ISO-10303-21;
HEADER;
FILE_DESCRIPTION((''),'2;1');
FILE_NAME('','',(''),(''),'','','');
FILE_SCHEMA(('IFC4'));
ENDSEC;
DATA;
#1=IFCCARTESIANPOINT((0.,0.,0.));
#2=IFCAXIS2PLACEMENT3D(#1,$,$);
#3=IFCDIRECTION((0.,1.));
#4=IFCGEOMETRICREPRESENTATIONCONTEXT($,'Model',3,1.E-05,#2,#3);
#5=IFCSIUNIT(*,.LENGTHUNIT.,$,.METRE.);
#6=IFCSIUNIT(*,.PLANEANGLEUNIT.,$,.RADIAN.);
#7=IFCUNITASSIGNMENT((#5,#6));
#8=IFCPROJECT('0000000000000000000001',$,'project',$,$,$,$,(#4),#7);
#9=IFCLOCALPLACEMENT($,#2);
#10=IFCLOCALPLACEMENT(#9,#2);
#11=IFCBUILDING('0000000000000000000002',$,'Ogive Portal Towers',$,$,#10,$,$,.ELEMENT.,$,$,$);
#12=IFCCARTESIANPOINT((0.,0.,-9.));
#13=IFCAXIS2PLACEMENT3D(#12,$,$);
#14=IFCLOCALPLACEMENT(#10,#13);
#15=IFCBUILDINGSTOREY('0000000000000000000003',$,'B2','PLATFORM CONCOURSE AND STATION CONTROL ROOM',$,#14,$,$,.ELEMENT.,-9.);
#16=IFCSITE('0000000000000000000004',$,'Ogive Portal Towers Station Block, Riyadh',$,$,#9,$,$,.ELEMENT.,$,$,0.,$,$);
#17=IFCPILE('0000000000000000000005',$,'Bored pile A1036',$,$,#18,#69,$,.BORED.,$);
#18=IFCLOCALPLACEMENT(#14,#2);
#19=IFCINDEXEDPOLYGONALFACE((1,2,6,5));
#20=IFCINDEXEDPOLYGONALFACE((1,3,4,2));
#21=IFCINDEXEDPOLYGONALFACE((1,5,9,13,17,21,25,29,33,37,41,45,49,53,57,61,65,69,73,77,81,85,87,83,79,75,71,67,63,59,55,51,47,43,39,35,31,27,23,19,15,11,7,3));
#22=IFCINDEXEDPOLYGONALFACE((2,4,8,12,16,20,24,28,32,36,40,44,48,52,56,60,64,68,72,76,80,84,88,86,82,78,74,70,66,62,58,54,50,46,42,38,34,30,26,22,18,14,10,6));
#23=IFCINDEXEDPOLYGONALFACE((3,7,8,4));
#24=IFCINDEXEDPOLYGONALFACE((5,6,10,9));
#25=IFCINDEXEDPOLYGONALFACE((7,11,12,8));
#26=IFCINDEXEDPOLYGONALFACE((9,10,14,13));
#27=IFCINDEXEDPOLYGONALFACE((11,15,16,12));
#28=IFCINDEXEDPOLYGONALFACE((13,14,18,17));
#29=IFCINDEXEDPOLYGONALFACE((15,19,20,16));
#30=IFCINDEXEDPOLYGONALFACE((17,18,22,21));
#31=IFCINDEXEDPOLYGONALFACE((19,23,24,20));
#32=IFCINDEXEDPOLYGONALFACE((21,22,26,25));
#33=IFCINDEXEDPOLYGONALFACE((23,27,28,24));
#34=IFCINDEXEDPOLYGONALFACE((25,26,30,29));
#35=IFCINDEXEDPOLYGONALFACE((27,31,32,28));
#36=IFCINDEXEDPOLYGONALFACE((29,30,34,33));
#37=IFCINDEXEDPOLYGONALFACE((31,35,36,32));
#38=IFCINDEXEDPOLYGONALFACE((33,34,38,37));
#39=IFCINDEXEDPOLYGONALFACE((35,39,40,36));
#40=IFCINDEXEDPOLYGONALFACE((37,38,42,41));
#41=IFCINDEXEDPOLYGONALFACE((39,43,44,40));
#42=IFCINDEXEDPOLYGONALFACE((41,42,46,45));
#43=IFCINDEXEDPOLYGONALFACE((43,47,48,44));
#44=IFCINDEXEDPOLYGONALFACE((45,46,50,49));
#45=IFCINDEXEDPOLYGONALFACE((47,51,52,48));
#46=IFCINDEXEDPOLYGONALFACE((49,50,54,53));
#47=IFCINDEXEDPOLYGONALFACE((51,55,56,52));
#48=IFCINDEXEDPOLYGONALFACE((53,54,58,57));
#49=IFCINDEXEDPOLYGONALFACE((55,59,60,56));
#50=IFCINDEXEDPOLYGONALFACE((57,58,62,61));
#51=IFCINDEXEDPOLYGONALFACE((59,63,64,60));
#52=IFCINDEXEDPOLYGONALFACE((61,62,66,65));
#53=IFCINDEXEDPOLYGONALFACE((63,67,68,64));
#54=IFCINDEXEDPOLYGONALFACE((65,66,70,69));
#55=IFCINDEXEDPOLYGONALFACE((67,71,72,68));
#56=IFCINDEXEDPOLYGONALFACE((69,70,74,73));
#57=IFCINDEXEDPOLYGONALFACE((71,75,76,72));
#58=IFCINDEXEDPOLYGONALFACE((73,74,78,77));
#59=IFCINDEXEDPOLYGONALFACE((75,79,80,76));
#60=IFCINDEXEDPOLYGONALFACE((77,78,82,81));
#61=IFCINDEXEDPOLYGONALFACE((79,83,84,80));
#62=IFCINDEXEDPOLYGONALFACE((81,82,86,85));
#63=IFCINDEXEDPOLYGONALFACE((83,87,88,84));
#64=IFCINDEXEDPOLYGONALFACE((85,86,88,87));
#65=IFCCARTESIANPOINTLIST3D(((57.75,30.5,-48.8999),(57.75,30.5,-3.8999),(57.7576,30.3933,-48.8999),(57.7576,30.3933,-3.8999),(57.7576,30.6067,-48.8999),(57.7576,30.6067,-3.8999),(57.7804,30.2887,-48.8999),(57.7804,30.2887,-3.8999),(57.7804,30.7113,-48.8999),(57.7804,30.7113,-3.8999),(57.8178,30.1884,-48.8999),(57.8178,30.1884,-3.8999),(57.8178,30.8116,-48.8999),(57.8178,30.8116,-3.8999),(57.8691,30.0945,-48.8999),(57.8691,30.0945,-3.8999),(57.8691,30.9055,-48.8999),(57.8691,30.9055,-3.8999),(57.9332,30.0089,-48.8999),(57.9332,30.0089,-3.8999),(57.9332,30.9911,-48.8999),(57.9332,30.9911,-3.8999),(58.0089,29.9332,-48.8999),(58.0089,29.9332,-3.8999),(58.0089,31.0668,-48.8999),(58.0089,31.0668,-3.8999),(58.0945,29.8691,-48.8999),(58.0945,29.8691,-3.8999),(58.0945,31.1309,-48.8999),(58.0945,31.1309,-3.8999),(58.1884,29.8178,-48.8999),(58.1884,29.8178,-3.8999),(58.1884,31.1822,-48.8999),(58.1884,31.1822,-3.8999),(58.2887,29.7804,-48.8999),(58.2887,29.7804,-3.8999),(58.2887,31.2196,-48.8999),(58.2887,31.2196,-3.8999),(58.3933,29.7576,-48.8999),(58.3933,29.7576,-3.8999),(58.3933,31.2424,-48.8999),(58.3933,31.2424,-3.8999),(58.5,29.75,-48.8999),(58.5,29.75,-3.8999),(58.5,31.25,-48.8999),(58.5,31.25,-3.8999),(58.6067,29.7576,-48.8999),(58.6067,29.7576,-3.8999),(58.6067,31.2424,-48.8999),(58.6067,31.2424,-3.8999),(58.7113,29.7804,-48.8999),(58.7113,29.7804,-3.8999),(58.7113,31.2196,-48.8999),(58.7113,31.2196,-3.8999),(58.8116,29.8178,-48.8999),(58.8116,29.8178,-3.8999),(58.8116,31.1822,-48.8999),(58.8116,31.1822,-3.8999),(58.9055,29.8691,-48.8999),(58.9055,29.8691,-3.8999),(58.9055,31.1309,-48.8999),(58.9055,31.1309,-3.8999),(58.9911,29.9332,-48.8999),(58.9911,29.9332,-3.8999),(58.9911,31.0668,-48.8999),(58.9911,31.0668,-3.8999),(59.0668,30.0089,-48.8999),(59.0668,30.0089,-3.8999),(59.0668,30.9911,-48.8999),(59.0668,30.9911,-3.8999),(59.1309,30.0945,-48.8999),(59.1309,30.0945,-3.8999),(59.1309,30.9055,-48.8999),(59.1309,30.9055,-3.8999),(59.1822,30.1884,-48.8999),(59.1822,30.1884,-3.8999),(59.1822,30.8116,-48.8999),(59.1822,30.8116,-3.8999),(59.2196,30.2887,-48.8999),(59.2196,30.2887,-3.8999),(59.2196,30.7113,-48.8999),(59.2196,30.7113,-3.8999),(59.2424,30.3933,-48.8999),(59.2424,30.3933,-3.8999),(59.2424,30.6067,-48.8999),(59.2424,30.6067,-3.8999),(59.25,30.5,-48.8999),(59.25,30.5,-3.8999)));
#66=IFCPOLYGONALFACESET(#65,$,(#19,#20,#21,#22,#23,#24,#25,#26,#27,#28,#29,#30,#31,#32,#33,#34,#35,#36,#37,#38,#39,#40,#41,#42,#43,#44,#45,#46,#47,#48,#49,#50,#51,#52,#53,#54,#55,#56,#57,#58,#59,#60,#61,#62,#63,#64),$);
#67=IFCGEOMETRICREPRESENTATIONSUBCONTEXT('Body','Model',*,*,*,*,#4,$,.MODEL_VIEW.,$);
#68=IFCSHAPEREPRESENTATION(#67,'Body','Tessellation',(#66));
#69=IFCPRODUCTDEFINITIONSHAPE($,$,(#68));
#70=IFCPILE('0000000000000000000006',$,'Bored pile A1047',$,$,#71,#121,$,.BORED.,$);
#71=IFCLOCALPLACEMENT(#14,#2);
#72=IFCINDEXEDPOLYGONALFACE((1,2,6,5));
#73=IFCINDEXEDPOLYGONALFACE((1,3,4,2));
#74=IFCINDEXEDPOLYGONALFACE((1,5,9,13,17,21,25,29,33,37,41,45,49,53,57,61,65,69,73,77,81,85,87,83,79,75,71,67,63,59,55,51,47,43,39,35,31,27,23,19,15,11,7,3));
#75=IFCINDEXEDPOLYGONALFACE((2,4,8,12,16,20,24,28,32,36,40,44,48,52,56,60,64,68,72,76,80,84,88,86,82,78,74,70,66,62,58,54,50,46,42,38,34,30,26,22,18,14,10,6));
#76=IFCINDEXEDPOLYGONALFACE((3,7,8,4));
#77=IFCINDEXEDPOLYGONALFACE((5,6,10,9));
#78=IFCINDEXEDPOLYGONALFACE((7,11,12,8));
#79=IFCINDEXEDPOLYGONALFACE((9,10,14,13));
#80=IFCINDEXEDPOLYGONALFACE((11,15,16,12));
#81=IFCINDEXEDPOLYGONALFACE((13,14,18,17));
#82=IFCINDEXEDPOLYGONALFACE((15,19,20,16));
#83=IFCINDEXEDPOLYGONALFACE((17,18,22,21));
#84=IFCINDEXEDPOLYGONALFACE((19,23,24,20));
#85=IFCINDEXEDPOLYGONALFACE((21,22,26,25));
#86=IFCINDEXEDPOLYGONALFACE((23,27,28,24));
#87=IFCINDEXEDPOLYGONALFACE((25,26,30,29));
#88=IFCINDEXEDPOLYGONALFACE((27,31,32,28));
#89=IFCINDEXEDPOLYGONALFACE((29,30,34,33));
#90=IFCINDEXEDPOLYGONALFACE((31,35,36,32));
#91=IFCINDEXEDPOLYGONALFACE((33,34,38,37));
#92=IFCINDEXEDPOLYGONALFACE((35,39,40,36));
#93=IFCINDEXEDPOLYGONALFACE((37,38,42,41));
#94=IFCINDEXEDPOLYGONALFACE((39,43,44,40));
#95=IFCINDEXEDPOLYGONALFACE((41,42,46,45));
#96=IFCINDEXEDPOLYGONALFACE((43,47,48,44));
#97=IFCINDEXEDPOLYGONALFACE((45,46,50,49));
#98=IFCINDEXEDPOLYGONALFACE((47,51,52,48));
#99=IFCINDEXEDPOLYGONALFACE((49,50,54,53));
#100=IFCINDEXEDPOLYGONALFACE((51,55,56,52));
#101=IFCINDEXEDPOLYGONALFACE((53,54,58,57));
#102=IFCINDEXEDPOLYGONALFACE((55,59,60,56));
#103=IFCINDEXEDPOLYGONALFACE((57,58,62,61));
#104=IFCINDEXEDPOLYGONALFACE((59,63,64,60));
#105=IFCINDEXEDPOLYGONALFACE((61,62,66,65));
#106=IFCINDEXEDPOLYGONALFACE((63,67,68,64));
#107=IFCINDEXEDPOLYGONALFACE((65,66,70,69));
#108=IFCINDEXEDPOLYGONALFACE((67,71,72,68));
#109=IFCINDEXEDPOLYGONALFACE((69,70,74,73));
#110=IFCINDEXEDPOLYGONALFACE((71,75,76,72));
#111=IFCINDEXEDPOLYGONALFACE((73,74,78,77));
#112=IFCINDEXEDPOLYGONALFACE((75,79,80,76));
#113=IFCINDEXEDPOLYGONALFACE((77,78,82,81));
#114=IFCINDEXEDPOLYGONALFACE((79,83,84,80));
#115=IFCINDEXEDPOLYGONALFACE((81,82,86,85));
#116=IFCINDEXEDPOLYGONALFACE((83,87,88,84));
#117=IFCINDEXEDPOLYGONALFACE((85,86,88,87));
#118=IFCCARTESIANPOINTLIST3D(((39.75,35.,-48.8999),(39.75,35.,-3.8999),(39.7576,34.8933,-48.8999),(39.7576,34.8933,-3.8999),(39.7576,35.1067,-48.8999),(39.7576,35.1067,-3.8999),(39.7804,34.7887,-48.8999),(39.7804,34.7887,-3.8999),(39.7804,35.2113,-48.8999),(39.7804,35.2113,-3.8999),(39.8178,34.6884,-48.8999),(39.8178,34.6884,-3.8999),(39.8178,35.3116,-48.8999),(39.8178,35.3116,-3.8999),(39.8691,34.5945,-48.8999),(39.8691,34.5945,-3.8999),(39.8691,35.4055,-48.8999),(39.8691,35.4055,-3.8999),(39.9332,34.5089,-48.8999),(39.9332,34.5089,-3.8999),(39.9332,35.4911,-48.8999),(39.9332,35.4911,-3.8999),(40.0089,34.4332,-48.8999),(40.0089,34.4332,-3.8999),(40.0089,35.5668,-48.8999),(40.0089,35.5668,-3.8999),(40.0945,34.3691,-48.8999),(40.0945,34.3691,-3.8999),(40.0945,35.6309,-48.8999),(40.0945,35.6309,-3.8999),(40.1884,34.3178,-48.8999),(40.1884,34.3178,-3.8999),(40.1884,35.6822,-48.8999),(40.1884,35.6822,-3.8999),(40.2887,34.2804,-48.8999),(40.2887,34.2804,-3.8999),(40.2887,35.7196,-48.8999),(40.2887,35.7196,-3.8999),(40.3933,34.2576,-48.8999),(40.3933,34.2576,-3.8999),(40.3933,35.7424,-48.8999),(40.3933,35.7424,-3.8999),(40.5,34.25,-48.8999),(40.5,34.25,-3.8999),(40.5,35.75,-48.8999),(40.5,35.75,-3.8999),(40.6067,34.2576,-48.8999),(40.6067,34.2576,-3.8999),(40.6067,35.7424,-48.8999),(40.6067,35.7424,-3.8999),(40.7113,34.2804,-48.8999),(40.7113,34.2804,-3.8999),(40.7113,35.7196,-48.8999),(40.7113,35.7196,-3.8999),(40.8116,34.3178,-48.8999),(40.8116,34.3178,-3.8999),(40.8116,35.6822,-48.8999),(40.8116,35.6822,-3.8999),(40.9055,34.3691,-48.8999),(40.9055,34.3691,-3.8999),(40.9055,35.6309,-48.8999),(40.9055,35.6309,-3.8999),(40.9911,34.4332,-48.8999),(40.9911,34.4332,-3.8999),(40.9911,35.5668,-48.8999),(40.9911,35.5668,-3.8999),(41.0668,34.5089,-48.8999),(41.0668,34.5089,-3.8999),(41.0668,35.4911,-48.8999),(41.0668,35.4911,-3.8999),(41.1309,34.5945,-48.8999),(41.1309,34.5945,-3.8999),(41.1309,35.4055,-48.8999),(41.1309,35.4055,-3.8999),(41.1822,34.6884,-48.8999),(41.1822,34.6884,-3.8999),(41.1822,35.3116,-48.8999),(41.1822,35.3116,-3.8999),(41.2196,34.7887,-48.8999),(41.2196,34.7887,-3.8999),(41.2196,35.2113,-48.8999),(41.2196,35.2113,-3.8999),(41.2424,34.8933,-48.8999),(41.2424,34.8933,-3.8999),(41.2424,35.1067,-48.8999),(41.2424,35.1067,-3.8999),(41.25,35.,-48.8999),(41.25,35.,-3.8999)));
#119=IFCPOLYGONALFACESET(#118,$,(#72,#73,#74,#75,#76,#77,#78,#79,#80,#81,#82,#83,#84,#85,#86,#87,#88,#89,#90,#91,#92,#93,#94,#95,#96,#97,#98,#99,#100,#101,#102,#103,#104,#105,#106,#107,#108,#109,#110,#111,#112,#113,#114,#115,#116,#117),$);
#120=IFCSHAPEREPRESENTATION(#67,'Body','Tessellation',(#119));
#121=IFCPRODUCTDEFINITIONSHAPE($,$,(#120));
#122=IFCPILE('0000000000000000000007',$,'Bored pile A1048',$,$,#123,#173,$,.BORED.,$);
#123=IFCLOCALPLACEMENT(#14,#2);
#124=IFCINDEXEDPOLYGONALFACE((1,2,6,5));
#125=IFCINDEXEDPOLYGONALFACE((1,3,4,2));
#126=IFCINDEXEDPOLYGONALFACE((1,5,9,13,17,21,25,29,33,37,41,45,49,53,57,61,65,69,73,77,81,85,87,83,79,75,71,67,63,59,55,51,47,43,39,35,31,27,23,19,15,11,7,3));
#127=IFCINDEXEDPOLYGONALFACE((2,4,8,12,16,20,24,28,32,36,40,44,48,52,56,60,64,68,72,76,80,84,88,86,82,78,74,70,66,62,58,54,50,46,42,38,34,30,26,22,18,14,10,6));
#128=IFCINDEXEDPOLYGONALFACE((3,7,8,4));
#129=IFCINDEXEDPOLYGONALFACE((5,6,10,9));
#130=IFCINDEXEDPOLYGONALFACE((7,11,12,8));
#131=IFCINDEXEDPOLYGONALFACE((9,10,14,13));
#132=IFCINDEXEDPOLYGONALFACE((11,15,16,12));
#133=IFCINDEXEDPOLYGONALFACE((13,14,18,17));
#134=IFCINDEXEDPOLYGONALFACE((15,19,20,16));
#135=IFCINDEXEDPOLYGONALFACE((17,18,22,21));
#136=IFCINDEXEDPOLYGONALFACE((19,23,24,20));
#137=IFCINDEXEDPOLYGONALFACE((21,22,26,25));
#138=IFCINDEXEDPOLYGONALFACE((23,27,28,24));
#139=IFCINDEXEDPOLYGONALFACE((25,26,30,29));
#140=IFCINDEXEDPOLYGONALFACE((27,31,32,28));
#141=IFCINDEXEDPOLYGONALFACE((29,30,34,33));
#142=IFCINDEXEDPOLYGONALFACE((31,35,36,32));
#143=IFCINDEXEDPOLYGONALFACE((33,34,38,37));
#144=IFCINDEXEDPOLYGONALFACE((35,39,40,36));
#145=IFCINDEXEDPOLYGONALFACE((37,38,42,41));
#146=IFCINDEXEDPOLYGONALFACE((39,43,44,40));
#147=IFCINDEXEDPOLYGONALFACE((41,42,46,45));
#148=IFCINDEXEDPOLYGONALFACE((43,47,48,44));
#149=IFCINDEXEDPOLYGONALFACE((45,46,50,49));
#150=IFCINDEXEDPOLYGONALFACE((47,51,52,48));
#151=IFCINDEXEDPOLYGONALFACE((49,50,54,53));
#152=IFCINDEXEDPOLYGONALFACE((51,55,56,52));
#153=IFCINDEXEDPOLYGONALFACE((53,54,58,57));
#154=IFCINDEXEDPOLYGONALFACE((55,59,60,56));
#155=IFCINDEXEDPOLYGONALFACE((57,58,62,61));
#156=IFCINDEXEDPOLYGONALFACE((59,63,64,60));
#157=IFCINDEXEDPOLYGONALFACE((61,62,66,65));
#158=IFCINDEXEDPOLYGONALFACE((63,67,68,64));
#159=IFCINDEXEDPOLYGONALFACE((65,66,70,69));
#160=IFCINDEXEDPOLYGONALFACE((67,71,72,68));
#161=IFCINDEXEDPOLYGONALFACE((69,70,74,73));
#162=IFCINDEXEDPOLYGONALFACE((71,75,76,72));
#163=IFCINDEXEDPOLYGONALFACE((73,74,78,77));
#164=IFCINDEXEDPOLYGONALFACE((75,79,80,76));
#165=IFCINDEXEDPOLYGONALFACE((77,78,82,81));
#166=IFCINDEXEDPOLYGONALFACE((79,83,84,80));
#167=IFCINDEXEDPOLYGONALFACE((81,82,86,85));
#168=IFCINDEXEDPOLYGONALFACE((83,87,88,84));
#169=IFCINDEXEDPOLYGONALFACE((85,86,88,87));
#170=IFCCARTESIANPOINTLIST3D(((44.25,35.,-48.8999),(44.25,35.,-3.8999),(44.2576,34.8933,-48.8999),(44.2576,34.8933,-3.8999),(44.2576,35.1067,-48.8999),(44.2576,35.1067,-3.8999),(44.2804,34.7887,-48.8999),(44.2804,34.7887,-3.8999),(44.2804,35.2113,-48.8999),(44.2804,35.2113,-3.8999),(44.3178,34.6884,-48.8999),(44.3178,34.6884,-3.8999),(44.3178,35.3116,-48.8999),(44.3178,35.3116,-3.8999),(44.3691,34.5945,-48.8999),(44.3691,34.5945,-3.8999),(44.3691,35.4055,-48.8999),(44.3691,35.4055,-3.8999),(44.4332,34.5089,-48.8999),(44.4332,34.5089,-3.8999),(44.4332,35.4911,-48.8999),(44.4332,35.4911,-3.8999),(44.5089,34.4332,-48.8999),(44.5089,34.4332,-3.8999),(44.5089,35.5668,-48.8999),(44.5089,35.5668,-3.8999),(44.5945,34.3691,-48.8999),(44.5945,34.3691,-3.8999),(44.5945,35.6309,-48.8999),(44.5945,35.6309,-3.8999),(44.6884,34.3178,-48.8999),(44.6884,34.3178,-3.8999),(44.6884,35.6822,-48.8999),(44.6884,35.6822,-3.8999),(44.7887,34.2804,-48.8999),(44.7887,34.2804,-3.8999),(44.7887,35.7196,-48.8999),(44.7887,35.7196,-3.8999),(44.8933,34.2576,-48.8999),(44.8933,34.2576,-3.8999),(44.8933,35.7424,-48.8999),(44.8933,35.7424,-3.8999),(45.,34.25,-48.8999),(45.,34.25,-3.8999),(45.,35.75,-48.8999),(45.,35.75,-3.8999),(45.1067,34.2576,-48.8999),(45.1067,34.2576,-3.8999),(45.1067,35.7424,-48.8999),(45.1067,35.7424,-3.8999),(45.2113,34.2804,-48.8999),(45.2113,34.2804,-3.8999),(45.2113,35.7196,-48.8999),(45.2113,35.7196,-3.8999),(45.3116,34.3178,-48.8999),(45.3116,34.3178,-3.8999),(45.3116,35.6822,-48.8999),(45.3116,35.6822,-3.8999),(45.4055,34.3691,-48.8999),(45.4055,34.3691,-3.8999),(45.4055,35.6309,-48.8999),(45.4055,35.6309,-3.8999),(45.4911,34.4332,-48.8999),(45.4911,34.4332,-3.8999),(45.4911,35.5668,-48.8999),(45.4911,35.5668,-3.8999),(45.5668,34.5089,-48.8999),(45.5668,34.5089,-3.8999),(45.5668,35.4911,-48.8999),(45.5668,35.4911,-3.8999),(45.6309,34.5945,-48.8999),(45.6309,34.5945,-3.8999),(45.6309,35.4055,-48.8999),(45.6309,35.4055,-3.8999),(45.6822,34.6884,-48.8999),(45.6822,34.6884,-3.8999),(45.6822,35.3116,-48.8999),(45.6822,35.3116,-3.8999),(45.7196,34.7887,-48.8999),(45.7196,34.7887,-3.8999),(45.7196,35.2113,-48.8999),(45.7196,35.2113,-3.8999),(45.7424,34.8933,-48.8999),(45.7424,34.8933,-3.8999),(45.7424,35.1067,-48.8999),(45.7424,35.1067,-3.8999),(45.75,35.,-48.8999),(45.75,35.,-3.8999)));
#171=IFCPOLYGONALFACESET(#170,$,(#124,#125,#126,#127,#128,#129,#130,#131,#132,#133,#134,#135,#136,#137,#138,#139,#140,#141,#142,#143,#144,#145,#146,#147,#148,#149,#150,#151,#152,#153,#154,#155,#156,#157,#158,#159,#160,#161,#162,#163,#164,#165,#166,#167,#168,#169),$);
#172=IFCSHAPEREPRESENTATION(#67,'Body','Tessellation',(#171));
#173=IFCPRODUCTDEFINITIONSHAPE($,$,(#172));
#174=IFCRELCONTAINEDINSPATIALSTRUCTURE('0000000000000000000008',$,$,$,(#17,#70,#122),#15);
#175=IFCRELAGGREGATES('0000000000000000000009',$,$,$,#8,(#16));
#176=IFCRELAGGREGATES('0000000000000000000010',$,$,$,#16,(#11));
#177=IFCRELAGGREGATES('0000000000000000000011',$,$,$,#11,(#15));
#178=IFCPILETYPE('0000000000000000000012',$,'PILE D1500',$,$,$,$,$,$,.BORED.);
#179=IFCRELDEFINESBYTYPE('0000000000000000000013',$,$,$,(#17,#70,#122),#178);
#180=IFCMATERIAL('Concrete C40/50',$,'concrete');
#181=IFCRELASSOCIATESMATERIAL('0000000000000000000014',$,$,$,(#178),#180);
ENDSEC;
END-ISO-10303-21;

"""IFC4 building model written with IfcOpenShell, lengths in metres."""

from ifc_helpers import new_model, si_unit, direction, frame, origin, origin_2d, place, context, subcontext, project, spatial, circle, extrude, material, material_profile, profile_set, type_object, element, save


model = new_model("IFC4")

# Units and contexts
model_context = context("Model", 3, precision=1e-05, world=origin(), true_north=direction((0.0, 1.0)))
body_context = subcontext(model_context, "Body", "Model", "MODEL_VIEW")
ifc_project = project(units=[si_unit("LENGTHUNIT", "METRE"), si_unit("PLANEANGLEUNIT", "RADIAN")], contexts=[model_context])

# Site, building, storey
site_placement = place(None, origin())
site = spatial("IfcSite", under=ifc_project, at=site_placement, Name="Ogive Portal Towers Station Block, Riyadh", CompositionType="ELEMENT", RefElevation=0.0)
building_placement = place(site_placement, origin())
building = spatial("IfcBuilding", under=site, at=building_placement, Name="Ogive Portal Towers", CompositionType="ELEMENT")
storey_placement = place(building_placement, frame((0.0, 0.0, -9.0)))
storey = spatial("IfcBuildingStorey", under=building, at=storey_placement, Name="B2", Description="PLATFORM CONCOURSE AND STATION CONTROL ROOM", CompositionType="ELEMENT", Elevation=-9.0)

# Piles
ifc_material_1 = material(Name="Concrete C40/50", Category="concrete")
ifc_material_profile_1 = material_profile(ifc_material_1, circle(Radius=0.75, at=origin_2d()), Name="PILE D1500")
ifc_profile_set_1 = profile_set([ifc_material_profile_1], Name="Concrete C40/50")
pile_type = type_object("IfcPileType", Name="PILE D1500", PredefinedType="BORED", material=ifc_profile_set_1)
for number, where, z_axis, x_axis, name in (
    (1, (58.5, 30.5, -3.8999), (0.0, 0.0, -1.0), (1.0, 0.0, 0.0), "Bored pile A1036"),
    (2, (40.5, 35.0, -3.8999), (0.0, 0.0, -1.0), (1.0, 0.0, 0.0), "Bored pile A1047"),
    (3, (45.0, 35.0, -3.8999), (0.0, 0.0, -1.0), (1.0, 0.0, 0.0), "Bored pile A1048"),
):
    element("IfcPile", number, at=place(storey_placement, frame(where, z_axis=z_axis, x_axis=x_axis)), inside=storey, type_object=pile_type, Name=name, PredefinedType="BORED", context=body_context, shape_type="SweptSolid", body=[
        extrude(circle(Radius=0.75, at=origin_2d()), origin(), (0.0, 0.0, 1.0), 45.0),
    ])

save(model, "model.ifc")
